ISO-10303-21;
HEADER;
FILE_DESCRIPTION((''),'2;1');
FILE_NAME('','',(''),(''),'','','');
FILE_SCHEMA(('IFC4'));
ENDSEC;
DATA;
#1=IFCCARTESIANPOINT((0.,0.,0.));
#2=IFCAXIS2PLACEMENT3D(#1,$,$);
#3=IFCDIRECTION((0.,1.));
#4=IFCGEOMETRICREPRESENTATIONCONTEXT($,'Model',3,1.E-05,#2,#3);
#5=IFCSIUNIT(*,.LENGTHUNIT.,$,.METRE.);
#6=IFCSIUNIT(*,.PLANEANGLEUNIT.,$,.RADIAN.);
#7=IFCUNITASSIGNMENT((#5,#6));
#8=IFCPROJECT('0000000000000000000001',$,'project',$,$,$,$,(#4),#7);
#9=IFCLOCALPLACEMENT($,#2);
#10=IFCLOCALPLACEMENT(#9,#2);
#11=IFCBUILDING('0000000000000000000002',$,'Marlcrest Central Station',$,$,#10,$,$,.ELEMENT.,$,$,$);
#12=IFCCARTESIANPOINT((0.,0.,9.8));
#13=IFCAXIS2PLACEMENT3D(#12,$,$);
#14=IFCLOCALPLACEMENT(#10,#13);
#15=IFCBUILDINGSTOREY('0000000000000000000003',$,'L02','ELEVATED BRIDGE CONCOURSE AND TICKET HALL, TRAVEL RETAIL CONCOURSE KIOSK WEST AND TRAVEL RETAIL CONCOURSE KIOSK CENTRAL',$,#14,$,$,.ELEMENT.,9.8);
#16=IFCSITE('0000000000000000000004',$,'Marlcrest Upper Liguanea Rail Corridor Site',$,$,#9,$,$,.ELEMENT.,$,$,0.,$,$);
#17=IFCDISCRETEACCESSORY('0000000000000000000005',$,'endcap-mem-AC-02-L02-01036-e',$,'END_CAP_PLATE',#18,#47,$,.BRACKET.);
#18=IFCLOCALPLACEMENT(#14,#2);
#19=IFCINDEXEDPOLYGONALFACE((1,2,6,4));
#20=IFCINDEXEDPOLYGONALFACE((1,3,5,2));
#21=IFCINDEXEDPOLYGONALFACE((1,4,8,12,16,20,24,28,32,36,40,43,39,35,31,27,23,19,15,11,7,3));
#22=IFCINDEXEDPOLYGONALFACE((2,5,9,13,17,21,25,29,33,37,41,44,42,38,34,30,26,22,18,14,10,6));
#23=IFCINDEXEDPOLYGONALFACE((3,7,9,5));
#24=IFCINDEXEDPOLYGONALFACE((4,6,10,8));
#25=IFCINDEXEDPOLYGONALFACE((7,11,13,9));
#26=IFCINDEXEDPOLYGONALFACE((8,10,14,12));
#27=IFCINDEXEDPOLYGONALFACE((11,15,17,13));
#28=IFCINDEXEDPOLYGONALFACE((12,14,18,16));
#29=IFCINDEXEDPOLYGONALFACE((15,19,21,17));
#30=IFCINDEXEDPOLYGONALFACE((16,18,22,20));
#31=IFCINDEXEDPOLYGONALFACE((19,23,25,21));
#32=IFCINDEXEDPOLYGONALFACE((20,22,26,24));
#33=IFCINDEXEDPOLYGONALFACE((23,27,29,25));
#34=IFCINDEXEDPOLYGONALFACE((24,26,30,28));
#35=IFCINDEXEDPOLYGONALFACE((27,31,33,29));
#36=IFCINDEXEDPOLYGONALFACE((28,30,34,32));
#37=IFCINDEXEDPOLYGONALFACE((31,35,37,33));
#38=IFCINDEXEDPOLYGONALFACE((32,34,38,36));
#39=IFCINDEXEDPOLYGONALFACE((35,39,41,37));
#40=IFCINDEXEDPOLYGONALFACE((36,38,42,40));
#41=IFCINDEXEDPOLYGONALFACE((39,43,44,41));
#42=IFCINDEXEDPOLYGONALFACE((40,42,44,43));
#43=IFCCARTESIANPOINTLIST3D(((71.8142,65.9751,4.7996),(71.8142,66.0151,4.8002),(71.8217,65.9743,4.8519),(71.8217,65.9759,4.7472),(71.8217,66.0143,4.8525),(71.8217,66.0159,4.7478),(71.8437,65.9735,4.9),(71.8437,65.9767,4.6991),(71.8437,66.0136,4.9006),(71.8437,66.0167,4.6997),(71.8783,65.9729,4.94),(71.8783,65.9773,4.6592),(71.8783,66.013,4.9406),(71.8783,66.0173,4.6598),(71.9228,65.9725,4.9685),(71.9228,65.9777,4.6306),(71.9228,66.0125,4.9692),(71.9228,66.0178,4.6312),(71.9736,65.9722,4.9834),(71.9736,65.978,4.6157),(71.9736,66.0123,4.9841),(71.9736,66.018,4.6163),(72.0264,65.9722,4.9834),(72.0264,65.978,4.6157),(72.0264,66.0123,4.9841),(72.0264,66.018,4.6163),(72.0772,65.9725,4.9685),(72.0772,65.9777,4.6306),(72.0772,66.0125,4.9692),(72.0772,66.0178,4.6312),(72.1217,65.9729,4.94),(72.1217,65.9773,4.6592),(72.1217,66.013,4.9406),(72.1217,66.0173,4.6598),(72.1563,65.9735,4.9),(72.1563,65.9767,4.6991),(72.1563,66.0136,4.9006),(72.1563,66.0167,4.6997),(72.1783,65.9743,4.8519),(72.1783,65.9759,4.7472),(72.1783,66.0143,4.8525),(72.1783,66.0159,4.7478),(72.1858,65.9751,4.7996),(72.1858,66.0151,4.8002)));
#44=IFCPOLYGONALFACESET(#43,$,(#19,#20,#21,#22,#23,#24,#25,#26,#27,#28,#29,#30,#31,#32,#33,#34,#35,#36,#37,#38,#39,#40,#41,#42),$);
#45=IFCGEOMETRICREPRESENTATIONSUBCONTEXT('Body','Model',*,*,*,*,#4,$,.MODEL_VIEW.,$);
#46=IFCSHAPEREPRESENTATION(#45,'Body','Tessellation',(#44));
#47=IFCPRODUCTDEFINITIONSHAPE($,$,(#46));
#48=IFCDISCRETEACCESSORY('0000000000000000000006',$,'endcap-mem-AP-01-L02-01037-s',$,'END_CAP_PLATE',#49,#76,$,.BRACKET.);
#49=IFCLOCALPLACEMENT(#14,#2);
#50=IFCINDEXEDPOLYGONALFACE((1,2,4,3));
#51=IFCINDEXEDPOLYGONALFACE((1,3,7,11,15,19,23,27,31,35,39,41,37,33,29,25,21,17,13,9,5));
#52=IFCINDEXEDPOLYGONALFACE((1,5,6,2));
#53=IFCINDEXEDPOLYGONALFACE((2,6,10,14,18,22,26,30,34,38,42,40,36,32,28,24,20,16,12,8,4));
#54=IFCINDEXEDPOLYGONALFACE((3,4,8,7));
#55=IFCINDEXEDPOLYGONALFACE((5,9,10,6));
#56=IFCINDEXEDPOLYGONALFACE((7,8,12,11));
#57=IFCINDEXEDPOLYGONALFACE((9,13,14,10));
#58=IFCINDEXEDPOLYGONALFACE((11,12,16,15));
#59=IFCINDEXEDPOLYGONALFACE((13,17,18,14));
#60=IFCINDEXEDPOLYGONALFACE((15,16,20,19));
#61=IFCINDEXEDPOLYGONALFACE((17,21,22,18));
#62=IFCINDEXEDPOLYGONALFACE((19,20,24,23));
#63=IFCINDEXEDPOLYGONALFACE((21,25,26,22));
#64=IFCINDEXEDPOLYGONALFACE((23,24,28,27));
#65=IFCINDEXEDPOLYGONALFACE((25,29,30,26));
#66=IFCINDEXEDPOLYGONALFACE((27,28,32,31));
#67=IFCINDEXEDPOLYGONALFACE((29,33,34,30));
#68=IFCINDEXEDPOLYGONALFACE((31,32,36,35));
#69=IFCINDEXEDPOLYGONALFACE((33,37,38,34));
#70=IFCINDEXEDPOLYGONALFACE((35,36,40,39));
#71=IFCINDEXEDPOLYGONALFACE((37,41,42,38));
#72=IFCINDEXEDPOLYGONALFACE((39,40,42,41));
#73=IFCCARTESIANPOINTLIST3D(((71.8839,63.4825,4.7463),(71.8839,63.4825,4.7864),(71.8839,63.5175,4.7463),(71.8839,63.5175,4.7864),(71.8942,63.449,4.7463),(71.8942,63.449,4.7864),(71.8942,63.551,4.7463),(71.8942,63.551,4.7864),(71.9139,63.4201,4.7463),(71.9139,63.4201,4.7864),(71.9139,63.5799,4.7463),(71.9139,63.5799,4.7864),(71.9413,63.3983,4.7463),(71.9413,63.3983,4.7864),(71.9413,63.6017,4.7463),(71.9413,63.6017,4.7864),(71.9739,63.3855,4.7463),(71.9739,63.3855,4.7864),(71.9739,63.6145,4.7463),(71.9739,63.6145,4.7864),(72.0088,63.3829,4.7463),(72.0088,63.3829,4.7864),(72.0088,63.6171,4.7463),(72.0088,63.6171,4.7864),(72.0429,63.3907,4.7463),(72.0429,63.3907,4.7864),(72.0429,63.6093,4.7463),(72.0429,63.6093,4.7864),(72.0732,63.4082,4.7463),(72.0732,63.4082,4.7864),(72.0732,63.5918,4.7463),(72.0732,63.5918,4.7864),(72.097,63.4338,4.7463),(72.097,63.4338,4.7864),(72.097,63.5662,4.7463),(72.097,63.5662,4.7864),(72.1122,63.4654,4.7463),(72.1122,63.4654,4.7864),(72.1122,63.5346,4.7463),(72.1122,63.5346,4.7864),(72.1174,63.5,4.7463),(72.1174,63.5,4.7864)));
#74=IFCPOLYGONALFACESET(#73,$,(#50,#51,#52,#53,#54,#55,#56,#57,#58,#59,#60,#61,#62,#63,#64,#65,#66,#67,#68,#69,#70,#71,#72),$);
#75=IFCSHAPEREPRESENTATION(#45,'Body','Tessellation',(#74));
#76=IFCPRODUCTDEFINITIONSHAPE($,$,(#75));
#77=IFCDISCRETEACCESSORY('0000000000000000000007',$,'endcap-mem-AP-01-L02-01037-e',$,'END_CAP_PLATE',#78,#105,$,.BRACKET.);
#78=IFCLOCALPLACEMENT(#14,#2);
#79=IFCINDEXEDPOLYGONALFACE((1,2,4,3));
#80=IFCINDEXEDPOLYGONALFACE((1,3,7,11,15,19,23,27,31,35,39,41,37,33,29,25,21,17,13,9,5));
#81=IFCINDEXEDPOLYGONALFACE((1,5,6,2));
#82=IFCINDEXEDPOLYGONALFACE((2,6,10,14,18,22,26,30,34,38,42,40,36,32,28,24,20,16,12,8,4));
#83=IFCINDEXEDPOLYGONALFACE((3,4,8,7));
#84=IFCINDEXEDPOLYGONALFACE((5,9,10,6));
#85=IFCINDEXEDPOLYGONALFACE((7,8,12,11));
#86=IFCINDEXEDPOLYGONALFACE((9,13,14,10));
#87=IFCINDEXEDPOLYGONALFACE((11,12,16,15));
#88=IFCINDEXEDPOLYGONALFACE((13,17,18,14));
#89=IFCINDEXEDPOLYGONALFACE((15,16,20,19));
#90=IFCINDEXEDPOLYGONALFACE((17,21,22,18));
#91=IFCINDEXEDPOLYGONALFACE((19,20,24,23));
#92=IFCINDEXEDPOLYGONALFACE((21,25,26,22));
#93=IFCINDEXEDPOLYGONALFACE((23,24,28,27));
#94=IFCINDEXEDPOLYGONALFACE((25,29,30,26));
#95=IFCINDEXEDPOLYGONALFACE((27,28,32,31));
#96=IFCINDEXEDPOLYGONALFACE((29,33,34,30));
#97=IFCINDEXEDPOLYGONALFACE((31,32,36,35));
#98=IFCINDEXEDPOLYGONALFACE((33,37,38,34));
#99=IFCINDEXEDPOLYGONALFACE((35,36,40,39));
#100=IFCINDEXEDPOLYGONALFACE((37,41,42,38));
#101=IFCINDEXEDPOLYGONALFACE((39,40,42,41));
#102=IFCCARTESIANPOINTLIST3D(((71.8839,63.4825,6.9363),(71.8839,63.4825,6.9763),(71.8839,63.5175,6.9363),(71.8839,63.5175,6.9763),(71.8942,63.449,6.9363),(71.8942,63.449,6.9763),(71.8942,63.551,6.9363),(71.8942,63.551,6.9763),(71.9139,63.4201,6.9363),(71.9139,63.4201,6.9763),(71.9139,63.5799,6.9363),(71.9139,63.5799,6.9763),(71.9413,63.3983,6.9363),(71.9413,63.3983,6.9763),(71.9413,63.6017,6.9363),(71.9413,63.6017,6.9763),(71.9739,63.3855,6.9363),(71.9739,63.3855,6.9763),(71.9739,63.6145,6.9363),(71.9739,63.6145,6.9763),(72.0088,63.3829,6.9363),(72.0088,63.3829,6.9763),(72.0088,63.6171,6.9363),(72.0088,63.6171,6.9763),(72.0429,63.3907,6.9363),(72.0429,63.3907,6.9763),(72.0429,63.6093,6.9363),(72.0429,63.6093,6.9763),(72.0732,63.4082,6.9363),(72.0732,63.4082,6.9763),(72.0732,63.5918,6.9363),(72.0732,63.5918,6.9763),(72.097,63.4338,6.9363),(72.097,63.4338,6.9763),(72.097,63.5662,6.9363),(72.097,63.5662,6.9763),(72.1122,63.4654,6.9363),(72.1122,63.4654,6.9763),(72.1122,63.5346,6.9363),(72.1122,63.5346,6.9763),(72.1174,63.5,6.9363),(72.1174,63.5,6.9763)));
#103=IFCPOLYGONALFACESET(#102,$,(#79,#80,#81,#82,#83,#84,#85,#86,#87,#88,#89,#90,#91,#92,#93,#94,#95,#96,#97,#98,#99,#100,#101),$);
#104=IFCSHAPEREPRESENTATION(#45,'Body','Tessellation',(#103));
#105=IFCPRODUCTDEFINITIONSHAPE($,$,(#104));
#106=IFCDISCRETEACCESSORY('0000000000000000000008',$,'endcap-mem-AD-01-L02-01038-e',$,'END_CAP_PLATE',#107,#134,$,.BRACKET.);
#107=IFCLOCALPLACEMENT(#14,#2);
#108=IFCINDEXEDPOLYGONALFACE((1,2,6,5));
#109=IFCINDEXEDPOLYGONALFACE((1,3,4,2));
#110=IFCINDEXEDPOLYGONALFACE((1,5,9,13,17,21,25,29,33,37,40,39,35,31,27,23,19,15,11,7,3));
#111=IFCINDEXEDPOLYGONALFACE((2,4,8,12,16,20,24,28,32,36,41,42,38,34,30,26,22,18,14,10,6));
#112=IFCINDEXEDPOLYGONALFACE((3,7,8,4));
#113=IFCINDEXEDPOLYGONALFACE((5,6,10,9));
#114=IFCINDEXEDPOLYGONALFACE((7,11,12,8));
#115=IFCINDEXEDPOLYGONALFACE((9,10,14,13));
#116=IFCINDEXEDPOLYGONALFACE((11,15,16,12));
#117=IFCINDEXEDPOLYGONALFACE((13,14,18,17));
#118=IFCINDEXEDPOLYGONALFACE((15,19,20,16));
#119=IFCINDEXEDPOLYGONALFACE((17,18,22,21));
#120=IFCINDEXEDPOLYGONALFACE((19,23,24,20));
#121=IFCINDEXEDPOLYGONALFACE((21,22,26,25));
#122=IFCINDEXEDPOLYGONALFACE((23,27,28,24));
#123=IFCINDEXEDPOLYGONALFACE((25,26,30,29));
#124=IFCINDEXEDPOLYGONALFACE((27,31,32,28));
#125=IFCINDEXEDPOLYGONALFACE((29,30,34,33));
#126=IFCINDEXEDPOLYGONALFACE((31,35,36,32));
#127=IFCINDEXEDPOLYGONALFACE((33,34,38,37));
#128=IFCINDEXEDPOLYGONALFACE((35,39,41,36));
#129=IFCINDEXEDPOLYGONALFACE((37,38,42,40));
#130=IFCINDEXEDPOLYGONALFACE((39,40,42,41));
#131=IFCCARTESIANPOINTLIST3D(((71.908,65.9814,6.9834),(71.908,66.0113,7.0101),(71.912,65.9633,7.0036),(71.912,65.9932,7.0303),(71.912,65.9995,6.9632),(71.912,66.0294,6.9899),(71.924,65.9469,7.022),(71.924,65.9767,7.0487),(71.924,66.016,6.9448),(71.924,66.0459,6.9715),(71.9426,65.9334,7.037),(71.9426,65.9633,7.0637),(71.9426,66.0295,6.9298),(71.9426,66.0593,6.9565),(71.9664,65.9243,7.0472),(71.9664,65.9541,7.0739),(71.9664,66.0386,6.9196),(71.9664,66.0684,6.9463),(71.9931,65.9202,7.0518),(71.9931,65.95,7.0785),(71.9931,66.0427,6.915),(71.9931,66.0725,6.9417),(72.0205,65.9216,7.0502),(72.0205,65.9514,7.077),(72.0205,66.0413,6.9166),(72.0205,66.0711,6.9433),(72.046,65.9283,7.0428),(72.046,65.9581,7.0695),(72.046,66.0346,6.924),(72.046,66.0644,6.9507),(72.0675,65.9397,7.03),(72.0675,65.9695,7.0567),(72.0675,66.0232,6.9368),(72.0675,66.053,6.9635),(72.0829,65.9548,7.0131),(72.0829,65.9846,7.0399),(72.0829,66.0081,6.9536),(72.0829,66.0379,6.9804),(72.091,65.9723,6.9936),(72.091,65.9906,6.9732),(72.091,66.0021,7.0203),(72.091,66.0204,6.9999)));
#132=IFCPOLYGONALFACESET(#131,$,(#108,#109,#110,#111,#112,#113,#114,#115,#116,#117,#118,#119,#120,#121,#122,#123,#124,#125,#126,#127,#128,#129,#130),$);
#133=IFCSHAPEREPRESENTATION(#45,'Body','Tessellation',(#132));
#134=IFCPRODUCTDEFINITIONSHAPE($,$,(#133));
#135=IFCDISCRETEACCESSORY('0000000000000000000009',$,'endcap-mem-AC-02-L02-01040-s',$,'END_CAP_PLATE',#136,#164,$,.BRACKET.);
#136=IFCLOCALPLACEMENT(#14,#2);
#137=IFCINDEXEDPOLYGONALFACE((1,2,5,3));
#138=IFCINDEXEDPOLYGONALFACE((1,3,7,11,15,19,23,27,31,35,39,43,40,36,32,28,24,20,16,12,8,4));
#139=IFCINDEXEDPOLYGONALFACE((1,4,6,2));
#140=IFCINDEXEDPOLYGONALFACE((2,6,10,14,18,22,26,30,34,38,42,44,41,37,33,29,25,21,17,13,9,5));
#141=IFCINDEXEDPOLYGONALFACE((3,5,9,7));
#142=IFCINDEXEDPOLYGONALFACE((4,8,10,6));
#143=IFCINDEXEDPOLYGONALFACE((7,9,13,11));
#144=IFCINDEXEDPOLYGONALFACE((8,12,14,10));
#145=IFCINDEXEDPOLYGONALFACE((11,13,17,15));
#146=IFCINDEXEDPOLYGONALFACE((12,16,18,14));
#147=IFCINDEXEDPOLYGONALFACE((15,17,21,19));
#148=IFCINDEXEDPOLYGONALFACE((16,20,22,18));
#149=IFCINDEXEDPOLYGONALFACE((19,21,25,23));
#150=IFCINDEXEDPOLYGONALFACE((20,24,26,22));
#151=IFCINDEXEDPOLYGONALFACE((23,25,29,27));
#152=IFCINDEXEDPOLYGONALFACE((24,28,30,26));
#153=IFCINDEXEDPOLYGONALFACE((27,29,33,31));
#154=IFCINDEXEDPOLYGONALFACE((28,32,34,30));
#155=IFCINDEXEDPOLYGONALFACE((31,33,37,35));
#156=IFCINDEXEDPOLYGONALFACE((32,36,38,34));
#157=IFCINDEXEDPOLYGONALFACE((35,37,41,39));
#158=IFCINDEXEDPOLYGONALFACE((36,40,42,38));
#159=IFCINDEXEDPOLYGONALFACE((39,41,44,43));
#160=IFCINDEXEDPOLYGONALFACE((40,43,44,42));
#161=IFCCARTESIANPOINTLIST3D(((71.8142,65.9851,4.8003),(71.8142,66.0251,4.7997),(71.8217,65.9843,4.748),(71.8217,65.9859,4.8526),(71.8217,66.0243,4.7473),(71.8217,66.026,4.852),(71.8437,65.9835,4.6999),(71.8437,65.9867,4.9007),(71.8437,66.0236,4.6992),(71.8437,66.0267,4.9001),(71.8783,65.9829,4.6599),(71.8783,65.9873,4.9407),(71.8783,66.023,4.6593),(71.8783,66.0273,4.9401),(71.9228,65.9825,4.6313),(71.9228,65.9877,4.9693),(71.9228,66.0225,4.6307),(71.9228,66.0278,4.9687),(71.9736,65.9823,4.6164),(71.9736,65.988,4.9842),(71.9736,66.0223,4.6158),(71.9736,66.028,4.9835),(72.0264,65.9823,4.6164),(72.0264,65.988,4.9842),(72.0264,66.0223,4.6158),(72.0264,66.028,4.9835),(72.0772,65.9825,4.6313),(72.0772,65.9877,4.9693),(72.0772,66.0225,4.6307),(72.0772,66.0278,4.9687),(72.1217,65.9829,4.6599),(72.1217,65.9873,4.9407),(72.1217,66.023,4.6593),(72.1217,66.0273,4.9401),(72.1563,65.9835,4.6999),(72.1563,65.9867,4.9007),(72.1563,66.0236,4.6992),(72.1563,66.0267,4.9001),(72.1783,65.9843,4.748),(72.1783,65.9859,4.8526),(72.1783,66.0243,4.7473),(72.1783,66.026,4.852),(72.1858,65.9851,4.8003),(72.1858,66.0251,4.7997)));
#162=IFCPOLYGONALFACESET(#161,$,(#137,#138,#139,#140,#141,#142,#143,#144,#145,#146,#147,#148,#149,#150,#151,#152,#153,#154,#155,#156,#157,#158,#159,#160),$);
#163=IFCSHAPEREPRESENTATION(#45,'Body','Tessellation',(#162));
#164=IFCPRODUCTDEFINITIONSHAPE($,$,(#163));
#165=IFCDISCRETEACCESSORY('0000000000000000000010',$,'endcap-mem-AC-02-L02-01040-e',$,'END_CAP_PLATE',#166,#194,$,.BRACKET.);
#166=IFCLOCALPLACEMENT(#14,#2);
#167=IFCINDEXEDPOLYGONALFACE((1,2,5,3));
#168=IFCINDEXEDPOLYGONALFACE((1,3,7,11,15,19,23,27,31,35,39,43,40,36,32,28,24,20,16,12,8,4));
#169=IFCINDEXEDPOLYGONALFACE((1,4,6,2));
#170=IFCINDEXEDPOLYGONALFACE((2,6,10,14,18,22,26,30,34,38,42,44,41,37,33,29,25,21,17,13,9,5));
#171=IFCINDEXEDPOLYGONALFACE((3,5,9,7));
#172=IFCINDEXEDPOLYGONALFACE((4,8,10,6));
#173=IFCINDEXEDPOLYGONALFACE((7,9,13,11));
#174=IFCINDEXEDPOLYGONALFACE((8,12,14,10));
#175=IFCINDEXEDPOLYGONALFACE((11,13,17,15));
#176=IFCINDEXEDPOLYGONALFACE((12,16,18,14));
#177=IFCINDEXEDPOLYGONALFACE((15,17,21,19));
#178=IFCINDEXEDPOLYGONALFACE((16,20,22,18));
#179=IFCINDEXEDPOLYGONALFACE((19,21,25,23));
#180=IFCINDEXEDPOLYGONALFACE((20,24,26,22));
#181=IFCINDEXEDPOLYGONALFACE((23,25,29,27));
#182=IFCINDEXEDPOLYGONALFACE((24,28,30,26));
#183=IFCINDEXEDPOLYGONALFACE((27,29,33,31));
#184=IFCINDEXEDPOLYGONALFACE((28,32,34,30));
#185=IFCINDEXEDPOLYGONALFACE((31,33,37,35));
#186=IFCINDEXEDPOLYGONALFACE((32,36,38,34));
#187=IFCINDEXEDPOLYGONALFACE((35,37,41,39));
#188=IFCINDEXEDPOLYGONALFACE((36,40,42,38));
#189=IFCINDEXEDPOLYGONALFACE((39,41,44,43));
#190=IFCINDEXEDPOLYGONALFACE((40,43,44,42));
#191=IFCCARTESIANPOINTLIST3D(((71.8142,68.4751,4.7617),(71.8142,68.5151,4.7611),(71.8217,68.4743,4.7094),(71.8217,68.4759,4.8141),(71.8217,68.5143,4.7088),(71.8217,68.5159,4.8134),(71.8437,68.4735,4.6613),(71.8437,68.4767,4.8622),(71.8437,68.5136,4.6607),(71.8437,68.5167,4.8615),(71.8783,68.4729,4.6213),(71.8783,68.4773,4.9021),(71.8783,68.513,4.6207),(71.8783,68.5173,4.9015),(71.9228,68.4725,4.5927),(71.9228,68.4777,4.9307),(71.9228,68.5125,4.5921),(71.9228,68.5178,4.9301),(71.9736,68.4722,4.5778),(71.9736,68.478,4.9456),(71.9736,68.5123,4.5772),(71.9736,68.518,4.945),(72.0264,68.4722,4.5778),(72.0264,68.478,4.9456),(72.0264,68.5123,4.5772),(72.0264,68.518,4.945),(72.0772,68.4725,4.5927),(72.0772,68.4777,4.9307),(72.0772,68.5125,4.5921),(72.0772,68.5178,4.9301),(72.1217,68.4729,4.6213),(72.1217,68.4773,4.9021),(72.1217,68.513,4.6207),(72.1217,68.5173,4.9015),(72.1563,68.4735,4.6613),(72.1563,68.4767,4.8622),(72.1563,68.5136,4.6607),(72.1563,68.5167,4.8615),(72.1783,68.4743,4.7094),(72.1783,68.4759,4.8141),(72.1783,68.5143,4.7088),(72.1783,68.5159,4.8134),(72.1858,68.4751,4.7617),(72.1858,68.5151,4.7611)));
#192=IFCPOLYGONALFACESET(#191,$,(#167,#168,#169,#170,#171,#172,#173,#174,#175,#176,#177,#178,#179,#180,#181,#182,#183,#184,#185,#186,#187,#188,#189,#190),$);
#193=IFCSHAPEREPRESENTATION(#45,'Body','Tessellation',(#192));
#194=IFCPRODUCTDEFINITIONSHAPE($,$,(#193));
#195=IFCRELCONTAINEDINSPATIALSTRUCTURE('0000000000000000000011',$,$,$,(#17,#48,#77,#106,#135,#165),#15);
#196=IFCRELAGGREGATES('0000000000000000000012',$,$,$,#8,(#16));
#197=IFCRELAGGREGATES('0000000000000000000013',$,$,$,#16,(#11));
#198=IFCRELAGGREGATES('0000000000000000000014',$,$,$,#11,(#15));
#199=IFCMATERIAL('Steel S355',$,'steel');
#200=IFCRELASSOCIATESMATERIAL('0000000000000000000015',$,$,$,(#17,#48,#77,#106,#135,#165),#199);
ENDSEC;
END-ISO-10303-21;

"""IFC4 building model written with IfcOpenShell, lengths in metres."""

from ifc_helpers import new_model, si_unit, direction, frame, origin, origin_2d, place, context, subcontext, project, spatial, circle, extrude, material, element, save


model = new_model("IFC4")

# Units and contexts
model_context = context("Model", 3, precision=1e-05, world=origin(), true_north=direction((0.0, 1.0)))
body_context = subcontext(model_context, "Body", "Model", "MODEL_VIEW")
ifc_project = project(units=[si_unit("LENGTHUNIT", "METRE"), si_unit("PLANEANGLEUNIT", "RADIAN")], contexts=[model_context])

# Site, building, storey
site_placement = place(None, origin())
site = spatial("IfcSite", under=ifc_project, at=site_placement, Name="Marlcrest Upper Liguanea Rail Corridor Site", CompositionType="ELEMENT", RefElevation=0.0)
building_placement = place(site_placement, origin())
building = spatial("IfcBuilding", under=site, at=building_placement, Name="Marlcrest Central Station", CompositionType="ELEMENT")
storey_placement = place(building_placement, frame((0.0, 0.0, 9.8)))
storey = spatial("IfcBuildingStorey", under=building, at=storey_placement, Name="L02", Description="ELEVATED BRIDGE CONCOURSE AND TICKET HALL, TRAVEL RETAIL CONCOURSE KIOSK WEST AND TRAVEL RETAIL CONCOURSE KIOSK CENTRAL", CompositionType="ELEMENT", Elevation=9.8)

# Shared definitions
ifc_material_1 = material(Name="Steel S355", Category="steel")

# Discrete accessories
discrete_accessory_1_placement = place(storey_placement, frame((72.0, 65.9751, 4.7996), z_axis=(0.0, 0.999879, 0.015525), x_axis=(-1.0, 0.0, 0.0)))
element("IfcDiscreteAccessory", 1, at=discrete_accessory_1_placement, inside=storey, material=ifc_material_1, Name="endcap-mem-AC-02-L02-01036-e", ObjectType="END_CAP_PLATE", PredefinedType="BRACKET", context=body_context, shape_type="SweptSolid", body=[
    extrude(circle(Radius=0.1858, at=origin_2d()), origin(), (0.0, 0.0, 1.0), 0.04),
])
for number, where, z_axis, x_axis, name in (
    (2, (72.0, 63.5, 4.7463), (0.0, 0.0, 1.0), (1.0, 0.0, 0.0), "endcap-mem-AP-01-L02-01037-s"),
    (3, (72.0, 63.5, 6.9363), (0.0, 0.0, 1.0), (1.0, 0.0, 0.0), "endcap-mem-AP-01-L02-01037-e"),
):
    element("IfcDiscreteAccessory", number, at=place(storey_placement, frame(where, z_axis=z_axis, x_axis=x_axis)), inside=storey, material=ifc_material_1, Name=name, ObjectType="END_CAP_PLATE", PredefinedType="BRACKET", context=body_context, shape_type="SweptSolid", body=[
        extrude(circle(Radius=0.1174, at=origin_2d()), origin(), (0.0, 0.0, 1.0), 0.04),
    ])
discrete_accessory_2_placement = place(storey_placement, frame((72.0, 65.9814, 6.9834), z_axis=(0.0, 0.744956, 0.667114), x_axis=(-1.0, 0.0, 0.0)))
element("IfcDiscreteAccessory", 4, at=discrete_accessory_2_placement, inside=storey, material=ifc_material_1, Name="endcap-mem-AD-01-L02-01038-e", ObjectType="END_CAP_PLATE", PredefinedType="BRACKET", context=body_context, shape_type="SweptSolid", body=[
    extrude(circle(Radius=0.092, at=origin_2d()), origin(), (0.0, 0.0, 1.0), 0.04),
])
for number, where, z_axis, x_axis, name in (
    (5, (72.0, 65.9851, 4.8003), (0.0, 0.999879, -0.015525), (-1.0, 0.0, 0.0), "endcap-mem-AC-02-L02-01040-s"),
    (6, (72.0, 68.4751, 4.7617), (0.0, 0.999879, -0.015525), (-1.0, 0.0, 0.0), "endcap-mem-AC-02-L02-01040-e"),
):
    element("IfcDiscreteAccessory", number, at=place(storey_placement, frame(where, z_axis=z_axis, x_axis=x_axis)), inside=storey, material=ifc_material_1, Name=name, ObjectType="END_CAP_PLATE", PredefinedType="BRACKET", context=body_context, shape_type="SweptSolid", body=[
        extrude(circle(Radius=0.1858, at=origin_2d()), origin(), (0.0, 0.0, 1.0), 0.04),
    ])

save(model, "model.ifc")
